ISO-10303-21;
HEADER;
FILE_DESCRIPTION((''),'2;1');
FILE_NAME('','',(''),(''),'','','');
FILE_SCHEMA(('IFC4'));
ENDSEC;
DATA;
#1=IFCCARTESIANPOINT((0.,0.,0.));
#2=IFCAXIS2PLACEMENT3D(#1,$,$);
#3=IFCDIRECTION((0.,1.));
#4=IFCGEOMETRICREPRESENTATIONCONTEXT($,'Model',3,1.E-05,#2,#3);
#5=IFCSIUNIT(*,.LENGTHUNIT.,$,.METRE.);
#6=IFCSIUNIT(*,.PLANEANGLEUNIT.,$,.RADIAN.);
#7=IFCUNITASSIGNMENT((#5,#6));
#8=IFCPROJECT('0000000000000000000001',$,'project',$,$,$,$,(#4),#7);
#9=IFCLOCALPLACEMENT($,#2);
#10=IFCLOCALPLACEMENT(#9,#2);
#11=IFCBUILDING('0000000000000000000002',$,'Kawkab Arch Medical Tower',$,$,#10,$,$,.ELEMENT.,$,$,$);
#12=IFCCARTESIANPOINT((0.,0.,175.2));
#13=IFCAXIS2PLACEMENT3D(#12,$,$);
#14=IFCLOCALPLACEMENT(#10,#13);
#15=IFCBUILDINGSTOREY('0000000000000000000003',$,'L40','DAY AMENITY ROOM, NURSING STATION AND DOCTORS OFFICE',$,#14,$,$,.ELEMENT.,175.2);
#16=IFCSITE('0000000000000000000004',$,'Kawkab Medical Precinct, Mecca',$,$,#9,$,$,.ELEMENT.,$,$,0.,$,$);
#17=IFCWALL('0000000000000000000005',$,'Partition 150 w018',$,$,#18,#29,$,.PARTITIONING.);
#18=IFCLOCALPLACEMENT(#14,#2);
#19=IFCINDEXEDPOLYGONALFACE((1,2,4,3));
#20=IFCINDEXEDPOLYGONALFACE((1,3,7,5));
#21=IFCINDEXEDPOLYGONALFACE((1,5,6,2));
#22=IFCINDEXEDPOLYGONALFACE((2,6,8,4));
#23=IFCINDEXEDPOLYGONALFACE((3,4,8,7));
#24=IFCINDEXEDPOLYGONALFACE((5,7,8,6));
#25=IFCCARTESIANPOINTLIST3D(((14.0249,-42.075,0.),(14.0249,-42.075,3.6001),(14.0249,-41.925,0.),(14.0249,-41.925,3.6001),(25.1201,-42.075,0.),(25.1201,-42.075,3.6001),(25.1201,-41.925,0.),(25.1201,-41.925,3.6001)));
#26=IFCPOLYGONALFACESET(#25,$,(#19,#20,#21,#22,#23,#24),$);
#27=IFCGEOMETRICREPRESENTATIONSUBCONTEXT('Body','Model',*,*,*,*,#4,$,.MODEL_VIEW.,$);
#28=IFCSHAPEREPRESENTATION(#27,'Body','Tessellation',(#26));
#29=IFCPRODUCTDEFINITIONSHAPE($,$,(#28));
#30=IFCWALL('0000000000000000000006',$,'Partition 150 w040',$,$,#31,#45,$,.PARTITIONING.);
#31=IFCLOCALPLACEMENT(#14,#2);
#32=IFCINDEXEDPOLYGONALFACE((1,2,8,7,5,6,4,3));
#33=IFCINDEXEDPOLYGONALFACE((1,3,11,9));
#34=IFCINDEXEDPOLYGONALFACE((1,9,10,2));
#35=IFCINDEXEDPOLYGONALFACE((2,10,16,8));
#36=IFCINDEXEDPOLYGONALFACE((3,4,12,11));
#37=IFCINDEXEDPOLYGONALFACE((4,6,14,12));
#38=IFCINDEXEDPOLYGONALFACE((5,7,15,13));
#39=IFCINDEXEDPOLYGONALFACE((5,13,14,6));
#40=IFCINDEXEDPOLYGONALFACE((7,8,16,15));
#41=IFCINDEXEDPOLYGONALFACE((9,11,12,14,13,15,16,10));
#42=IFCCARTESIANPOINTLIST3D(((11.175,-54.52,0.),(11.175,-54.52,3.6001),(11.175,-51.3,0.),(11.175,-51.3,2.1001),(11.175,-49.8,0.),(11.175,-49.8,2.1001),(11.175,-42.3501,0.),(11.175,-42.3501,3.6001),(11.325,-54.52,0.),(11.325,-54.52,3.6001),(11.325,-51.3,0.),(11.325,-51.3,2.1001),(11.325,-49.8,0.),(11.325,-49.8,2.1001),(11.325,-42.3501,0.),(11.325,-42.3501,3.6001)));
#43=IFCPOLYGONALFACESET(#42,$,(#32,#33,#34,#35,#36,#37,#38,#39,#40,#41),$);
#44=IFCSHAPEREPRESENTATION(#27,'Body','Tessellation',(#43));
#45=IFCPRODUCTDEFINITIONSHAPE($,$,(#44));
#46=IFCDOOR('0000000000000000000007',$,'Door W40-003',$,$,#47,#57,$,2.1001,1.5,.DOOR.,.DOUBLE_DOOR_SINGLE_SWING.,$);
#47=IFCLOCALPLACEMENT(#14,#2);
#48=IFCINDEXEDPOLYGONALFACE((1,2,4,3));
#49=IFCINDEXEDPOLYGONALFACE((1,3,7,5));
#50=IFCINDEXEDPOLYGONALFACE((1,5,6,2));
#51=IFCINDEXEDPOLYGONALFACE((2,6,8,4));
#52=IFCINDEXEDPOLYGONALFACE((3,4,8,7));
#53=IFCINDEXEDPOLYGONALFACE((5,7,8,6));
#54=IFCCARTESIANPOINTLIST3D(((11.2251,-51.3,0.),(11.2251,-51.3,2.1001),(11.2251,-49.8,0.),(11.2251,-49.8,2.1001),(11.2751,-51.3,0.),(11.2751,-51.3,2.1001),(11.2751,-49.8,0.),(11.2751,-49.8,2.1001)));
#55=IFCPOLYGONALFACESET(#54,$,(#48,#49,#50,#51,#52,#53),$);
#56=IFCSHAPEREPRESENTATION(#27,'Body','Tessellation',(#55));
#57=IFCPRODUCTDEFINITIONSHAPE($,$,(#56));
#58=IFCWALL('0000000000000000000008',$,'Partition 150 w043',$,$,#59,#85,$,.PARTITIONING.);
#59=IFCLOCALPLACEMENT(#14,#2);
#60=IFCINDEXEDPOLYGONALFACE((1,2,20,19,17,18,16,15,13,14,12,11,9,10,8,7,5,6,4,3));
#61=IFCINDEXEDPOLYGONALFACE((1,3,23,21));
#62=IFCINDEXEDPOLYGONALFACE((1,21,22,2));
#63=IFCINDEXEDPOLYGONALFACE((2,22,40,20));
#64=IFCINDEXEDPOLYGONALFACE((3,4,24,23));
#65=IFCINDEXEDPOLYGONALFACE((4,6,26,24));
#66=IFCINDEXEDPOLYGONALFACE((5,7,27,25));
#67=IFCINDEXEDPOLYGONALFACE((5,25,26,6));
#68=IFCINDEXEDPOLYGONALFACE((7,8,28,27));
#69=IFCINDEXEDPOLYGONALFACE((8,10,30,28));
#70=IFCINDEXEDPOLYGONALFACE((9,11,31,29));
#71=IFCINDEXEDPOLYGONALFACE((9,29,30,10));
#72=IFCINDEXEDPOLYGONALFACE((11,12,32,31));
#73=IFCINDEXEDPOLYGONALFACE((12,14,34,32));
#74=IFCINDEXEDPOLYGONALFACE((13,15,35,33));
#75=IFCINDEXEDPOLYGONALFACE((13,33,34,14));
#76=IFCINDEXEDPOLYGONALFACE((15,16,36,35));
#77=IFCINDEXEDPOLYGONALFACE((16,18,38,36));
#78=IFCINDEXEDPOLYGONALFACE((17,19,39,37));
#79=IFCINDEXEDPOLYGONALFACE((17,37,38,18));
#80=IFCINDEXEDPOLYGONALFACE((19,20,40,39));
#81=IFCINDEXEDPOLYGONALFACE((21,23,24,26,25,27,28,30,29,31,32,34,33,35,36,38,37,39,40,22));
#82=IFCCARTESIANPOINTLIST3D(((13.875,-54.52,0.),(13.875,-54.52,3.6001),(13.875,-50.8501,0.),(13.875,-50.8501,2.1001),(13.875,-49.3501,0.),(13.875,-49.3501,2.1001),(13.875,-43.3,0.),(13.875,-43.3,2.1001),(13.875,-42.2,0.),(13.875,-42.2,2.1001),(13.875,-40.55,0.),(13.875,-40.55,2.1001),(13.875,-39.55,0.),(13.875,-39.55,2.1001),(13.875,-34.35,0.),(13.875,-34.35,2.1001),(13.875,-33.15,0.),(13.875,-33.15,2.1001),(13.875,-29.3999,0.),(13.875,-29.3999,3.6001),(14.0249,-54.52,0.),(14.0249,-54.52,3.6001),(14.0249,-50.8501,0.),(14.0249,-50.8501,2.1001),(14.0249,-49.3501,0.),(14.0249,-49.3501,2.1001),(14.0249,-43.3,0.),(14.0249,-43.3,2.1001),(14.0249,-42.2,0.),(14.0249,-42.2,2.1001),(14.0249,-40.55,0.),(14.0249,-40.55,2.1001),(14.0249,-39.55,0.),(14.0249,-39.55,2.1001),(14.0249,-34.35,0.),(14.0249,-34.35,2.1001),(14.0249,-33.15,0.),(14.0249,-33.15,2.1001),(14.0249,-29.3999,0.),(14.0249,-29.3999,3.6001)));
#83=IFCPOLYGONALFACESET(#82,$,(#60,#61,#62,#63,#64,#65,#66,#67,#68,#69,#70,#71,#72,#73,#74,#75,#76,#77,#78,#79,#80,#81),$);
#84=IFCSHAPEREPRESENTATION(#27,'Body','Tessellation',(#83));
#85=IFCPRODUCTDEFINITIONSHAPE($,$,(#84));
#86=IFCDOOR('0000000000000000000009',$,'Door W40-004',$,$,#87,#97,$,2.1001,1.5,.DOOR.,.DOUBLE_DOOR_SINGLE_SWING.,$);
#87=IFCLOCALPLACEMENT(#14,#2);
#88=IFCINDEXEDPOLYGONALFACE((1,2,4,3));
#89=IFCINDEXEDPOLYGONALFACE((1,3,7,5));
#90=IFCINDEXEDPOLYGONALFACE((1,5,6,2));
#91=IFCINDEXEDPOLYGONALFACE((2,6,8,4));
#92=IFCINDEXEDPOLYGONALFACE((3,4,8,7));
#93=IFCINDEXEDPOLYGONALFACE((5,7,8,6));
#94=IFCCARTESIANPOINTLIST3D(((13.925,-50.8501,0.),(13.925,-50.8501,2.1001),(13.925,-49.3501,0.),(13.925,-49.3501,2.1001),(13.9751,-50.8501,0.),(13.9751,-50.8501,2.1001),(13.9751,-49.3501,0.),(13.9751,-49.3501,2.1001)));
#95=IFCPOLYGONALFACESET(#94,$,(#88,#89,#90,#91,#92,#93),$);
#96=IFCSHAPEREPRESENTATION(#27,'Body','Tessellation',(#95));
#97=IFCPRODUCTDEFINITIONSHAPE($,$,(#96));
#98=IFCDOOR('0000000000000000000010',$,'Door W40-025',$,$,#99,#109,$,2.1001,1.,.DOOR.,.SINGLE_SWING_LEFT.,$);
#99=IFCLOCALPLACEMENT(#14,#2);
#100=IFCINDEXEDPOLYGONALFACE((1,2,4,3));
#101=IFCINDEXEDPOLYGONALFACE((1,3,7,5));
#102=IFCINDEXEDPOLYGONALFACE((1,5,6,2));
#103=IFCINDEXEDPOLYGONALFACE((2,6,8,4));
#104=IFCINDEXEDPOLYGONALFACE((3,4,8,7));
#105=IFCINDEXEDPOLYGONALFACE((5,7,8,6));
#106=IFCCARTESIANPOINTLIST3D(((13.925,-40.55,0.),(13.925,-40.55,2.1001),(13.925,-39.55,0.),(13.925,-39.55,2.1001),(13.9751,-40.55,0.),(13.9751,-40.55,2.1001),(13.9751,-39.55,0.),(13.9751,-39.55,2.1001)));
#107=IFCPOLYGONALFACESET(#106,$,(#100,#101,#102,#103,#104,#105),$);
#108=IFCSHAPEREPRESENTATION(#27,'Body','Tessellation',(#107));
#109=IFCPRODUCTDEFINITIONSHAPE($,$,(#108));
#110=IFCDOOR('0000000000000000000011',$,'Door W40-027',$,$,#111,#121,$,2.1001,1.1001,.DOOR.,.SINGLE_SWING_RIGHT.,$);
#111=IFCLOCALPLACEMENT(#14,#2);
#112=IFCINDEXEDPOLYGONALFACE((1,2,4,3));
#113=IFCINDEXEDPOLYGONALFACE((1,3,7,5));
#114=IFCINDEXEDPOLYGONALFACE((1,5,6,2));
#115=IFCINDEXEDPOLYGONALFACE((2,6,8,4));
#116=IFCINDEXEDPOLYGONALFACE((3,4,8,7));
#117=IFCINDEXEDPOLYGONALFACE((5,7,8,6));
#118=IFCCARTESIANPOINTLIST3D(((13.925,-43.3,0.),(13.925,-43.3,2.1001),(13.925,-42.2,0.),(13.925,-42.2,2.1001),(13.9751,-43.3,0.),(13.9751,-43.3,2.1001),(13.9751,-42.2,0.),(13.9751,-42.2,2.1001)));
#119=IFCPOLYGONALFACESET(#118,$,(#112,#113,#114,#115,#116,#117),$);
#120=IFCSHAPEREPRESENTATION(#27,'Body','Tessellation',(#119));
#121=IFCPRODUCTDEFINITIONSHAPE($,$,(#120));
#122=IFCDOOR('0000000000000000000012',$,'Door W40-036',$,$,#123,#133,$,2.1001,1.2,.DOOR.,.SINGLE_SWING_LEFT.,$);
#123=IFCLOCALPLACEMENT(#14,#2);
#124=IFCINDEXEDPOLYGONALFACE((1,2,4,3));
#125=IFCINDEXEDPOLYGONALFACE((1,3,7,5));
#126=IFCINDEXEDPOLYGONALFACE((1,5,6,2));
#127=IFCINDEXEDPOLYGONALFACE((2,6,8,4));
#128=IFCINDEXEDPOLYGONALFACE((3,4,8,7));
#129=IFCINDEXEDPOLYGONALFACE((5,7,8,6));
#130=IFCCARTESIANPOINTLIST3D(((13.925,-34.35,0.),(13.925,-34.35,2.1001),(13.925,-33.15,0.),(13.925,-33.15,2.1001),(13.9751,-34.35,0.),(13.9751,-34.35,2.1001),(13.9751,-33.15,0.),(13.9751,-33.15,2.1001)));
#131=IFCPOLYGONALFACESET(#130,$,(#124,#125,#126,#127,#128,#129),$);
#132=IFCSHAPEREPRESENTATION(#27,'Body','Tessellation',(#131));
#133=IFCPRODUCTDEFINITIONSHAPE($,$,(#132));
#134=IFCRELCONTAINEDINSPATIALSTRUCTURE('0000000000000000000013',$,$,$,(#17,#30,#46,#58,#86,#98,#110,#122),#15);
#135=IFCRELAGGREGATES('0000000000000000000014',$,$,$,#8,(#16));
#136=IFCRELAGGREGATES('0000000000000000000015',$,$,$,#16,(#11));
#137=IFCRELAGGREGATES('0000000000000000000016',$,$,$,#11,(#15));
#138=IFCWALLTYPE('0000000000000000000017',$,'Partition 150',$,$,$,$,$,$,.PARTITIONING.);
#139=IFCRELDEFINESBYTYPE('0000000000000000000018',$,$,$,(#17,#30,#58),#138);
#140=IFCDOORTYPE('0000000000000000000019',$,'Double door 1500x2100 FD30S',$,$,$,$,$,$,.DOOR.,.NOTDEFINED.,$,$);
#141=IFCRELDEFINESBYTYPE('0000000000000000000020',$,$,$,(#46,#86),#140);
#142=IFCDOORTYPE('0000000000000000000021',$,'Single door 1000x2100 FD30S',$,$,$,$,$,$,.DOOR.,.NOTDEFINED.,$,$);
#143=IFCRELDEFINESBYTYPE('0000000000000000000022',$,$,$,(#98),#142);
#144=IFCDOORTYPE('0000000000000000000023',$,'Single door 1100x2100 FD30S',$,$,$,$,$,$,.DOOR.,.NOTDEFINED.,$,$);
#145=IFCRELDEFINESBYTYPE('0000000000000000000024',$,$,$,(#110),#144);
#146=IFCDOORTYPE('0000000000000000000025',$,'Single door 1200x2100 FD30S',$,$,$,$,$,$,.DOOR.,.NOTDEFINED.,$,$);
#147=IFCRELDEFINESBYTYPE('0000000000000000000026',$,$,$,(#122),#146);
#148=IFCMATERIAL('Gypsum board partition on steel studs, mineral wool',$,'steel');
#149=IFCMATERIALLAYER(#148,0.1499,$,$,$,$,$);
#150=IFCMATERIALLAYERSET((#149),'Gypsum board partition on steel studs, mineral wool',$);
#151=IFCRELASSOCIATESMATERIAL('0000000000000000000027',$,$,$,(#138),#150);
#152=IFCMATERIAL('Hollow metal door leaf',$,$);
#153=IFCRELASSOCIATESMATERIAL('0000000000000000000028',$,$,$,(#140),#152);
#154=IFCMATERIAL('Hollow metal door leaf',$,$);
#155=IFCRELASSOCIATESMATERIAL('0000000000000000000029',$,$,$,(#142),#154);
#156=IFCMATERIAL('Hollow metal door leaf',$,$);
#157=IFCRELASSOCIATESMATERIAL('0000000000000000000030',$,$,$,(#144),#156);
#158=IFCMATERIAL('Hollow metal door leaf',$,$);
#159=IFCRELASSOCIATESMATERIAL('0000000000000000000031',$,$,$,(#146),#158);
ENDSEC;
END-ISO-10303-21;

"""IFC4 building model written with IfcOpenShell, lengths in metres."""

from ifc_helpers import new_model, si_unit, direction, frame, frame_2d, origin, place, context, subcontext, project, spatial, rectangle, extrude, material, layer, layer_set, type_object, element, fill, save


model = new_model("IFC4")

# Units and contexts
model_context = context("Model", 3, precision=1e-05, world=origin(), true_north=direction((0.0, 1.0)))
body_context = subcontext(model_context, "Body", "Model", "MODEL_VIEW")
ifc_project = project(units=[si_unit("LENGTHUNIT", "METRE"), si_unit("PLANEANGLEUNIT", "RADIAN")], contexts=[model_context])

# Site, building, storey
site_placement = place(None, origin())
site = spatial("IfcSite", under=ifc_project, at=site_placement, Name="Kawkab Medical Precinct, Mecca", CompositionType="ELEMENT", RefElevation=0.0)
building_placement = place(site_placement, origin())
building = spatial("IfcBuilding", under=site, at=building_placement, Name="Kawkab Arch Medical Tower", CompositionType="ELEMENT")
storey_placement = place(building_placement, frame((0.0, 0.0, 175.2)))
storey = spatial("IfcBuildingStorey", under=building, at=storey_placement, Name="L40", Description="DAY AMENITY ROOM, NURSING STATION AND DOCTORS OFFICE", CompositionType="ELEMENT", Elevation=175.2)

# Wall
ifc_material_1 = material(Name="Gypsum board partition on steel studs, mineral wool", Category="steel")
ifc_layer_1 = layer(ifc_material_1, 0.1499)
ifc_layer_set_1 = layer_set([ifc_layer_1], Name="Gypsum board partition on steel studs, mineral wool")
wall_type_1 = type_object("IfcWallType", Name="Partition 150", PredefinedType="PARTITIONING", material=ifc_layer_set_1)
for number, where, z_axis, x_axis, name in (
    (1, (14.0249, -42.0, 0.0), (0.0, 0.0, 1.0), (1.0, 0.0, 0.0), "Partition 150 w018"),
):
    element("IfcWall", number, at=place(storey_placement, frame(where, z_axis=z_axis, x_axis=x_axis)), inside=storey, type_object=wall_type_1, Name=name, PredefinedType="PARTITIONING", context=body_context, shape_type="SweptSolid", body=[
        extrude(rectangle(XDim=11.0952, YDim=0.1499, at=frame_2d((5.5476, 0.0))), origin(), (0.0, 0.0, 1.0), 3.6001),
    ])

# Wall, opening, door
wall_1_placement = place(storey_placement, frame((11.25, -54.52, 0.0), z_axis=(0.0, 0.0, 1.0), x_axis=(0.0, 1.0, 0.0)))
wall_1 = element("IfcWall", 2, at=wall_1_placement, inside=storey, type_object=wall_type_1, Name="Partition 150 w040", PredefinedType="PARTITIONING", context=body_context, shape_type="SweptSolid", body=[
    extrude(rectangle(XDim=12.1699, YDim=0.1499, at=frame_2d((6.085, 0.0))), origin(), (0.0, 0.0, 1.0), 3.6001),
])
opening_1_placement = place(wall_1_placement, frame((3.22, 0.0, 0.0)))
opening_1 = element("IfcOpeningElement", 3, at=opening_1_placement, cuts=wall_1, PredefinedType="OPENING", context=body_context, shape_type="SweptSolid", body=[
    extrude(rectangle(XDim=1.5, YDim=2.1001, at=frame_2d((0.75, 1.05))), frame((0.0, 0.085, 0.0), z_axis=(0.0, -1.0, 0.0), x_axis=(1.0, 0.0, 0.0)), (0.0, 0.0, 1.0), 0.1699),
])
ifc_material_2 = material(Name="Hollow metal door leaf")
door_type_1 = type_object("IfcDoorType", Name="Double door 1500x2100 FD30S", OperationType="NOTDEFINED", PredefinedType="DOOR", material=ifc_material_2)
door_1_placement = place(opening_1_placement, origin())
door_1 = element("IfcDoor", 4, at=door_1_placement, inside=storey, type_object=door_type_1, Name="Door W40-003", OperationType="DOUBLE_DOOR_SINGLE_SWING", OverallHeight=2.1001, OverallWidth=1.5, PredefinedType="DOOR", context=body_context, shape_type="SweptSolid", body=[
    extrude(rectangle(XDim=1.5, YDim=2.1001, at=frame_2d((0.75, 1.05))), frame((0.0, 0.0249, 0.0), z_axis=(0.0, -1.0, 0.0), x_axis=(1.0, 0.0, 0.0)), (0.0, 0.0, 1.0), 0.05),
])
fill(opening_1, door_1)

# Wall, openings, doors
wall_2_placement = place(storey_placement, frame((13.95, -54.52, 0.0), z_axis=(0.0, 0.0, 1.0), x_axis=(0.0, 1.0, 0.0)))
wall_2 = element("IfcWall", 5, at=wall_2_placement, inside=storey, type_object=wall_type_1, Name="Partition 150 w043", PredefinedType="PARTITIONING", context=body_context, shape_type="SweptSolid", body=[
    extrude(rectangle(XDim=25.1201, YDim=0.1499, at=frame_2d((12.5601, 0.0))), origin(), (0.0, 0.0, 1.0), 3.6001),
])
opening_2_placement = place(wall_2_placement, frame((20.1699, 0.0, 0.0)))
opening_2 = element("IfcOpeningElement", 6, at=opening_2_placement, cuts=wall_2, PredefinedType="OPENING", context=body_context, shape_type="SweptSolid", body=[
    extrude(rectangle(XDim=1.2, YDim=2.1001, at=frame_2d((0.6001, 1.05))), frame((0.0, 0.085, 0.0), z_axis=(0.0, -1.0, 0.0), x_axis=(1.0, 0.0, 0.0)), (0.0, 0.0, 1.0), 0.1699),
])
opening_3_placement = place(wall_2_placement, frame((13.97, 0.0, 0.0)))
opening_3 = element("IfcOpeningElement", 7, at=opening_3_placement, cuts=wall_2, PredefinedType="OPENING", context=body_context, shape_type="SweptSolid", body=[
    extrude(rectangle(XDim=1.0, YDim=2.1001, at=frame_2d((0.5, 1.05))), frame((0.0, 0.085, 0.0), z_axis=(0.0, -1.0, 0.0), x_axis=(1.0, 0.0, 0.0)), (0.0, 0.0, 1.0), 0.1699),
])
opening_4_placement = place(wall_2_placement, frame((11.22, 0.0, 0.0)))
opening_4 = element("IfcOpeningElement", 8, at=opening_4_placement, cuts=wall_2, PredefinedType="OPENING", context=body_context, shape_type="SweptSolid", body=[
    extrude(rectangle(XDim=1.1001, YDim=2.1001, at=frame_2d((0.55, 1.05))), frame((0.0, 0.085, 0.0), z_axis=(0.0, -1.0, 0.0), x_axis=(1.0, 0.0, 0.0)), (0.0, 0.0, 1.0), 0.1699),
])
opening_5_placement = place(wall_2_placement, frame((3.6699, 0.0, 0.0)))
opening_5 = element("IfcOpeningElement", 9, at=opening_5_placement, cuts=wall_2, PredefinedType="OPENING", context=body_context, shape_type="SweptSolid", body=[
    extrude(rectangle(XDim=1.5, YDim=2.1001, at=frame_2d((0.75, 1.05))), frame((0.0, 0.085, 0.0), z_axis=(0.0, -1.0, 0.0), x_axis=(1.0, 0.0, 0.0)), (0.0, 0.0, 1.0), 0.1699),
])
door_2_placement = place(opening_5_placement, origin())
door_2 = element("IfcDoor", 10, at=door_2_placement, inside=storey, type_object=door_type_1, Name="Door W40-004", OperationType="DOUBLE_DOOR_SINGLE_SWING", OverallHeight=2.1001, OverallWidth=1.5, PredefinedType="DOOR", context=body_context, shape_type="SweptSolid", body=[
    extrude(rectangle(XDim=1.5, YDim=2.1001, at=frame_2d((0.75, 1.05))), frame((0.0, 0.0249, 0.0), z_axis=(0.0, -1.0, 0.0), x_axis=(1.0, 0.0, 0.0)), (0.0, 0.0, 1.0), 0.05),
])
fill(opening_5, door_2)
ifc_material_3 = material(Name="Hollow metal door leaf")
door_type_2 = type_object("IfcDoorType", Name="Single door 1000x2100 FD30S", OperationType="NOTDEFINED", PredefinedType="DOOR", material=ifc_material_3)
door_3_placement = place(opening_3_placement, origin())
door_3 = element("IfcDoor", 11, at=door_3_placement, inside=storey, type_object=door_type_2, Name="Door W40-025", OperationType="SINGLE_SWING_LEFT", OverallHeight=2.1001, OverallWidth=1.0, PredefinedType="DOOR", context=body_context, shape_type="SweptSolid", body=[
    extrude(rectangle(XDim=1.0, YDim=2.1001, at=frame_2d((0.5, 1.05))), frame((0.0, 0.0249, 0.0), z_axis=(0.0, -1.0, 0.0), x_axis=(1.0, 0.0, 0.0)), (0.0, 0.0, 1.0), 0.05),
])
fill(opening_3, door_3)
ifc_material_4 = material(Name="Hollow metal door leaf")
door_type_3 = type_object("IfcDoorType", Name="Single door 1100x2100 FD30S", OperationType="NOTDEFINED", PredefinedType="DOOR", material=ifc_material_4)
door_4_placement = place(opening_4_placement, origin())
door_4 = element("IfcDoor", 12, at=door_4_placement, inside=storey, type_object=door_type_3, Name="Door W40-027", OperationType="SINGLE_SWING_RIGHT", OverallHeight=2.1001, OverallWidth=1.1001, PredefinedType="DOOR", context=body_context, shape_type="SweptSolid", body=[
    extrude(rectangle(XDim=1.1001, YDim=2.1001, at=frame_2d((0.55, 1.05))), frame((0.0, 0.0249, 0.0), z_axis=(0.0, -1.0, 0.0), x_axis=(1.0, 0.0, 0.0)), (0.0, 0.0, 1.0), 0.05),
])
fill(opening_4, door_4)
ifc_material_5 = material(Name="Hollow metal door leaf")
door_type_4 = type_object("IfcDoorType", Name="Single door 1200x2100 FD30S", OperationType="NOTDEFINED", PredefinedType="DOOR", material=ifc_material_5)
door_5_placement = place(opening_2_placement, origin())
door_5 = element("IfcDoor", 13, at=door_5_placement, inside=storey, type_object=door_type_4, Name="Door W40-036", OperationType="SINGLE_SWING_LEFT", OverallHeight=2.1001, OverallWidth=1.2, PredefinedType="DOOR", context=body_context, shape_type="SweptSolid", body=[
    extrude(rectangle(XDim=1.2, YDim=2.1001, at=frame_2d((0.6001, 1.05))), frame((0.0, 0.0249, 0.0), z_axis=(0.0, -1.0, 0.0), x_axis=(1.0, 0.0, 0.0)), (0.0, 0.0, 1.0), 0.05),
])
fill(opening_2, door_5)

save(model, "model.ifc")
